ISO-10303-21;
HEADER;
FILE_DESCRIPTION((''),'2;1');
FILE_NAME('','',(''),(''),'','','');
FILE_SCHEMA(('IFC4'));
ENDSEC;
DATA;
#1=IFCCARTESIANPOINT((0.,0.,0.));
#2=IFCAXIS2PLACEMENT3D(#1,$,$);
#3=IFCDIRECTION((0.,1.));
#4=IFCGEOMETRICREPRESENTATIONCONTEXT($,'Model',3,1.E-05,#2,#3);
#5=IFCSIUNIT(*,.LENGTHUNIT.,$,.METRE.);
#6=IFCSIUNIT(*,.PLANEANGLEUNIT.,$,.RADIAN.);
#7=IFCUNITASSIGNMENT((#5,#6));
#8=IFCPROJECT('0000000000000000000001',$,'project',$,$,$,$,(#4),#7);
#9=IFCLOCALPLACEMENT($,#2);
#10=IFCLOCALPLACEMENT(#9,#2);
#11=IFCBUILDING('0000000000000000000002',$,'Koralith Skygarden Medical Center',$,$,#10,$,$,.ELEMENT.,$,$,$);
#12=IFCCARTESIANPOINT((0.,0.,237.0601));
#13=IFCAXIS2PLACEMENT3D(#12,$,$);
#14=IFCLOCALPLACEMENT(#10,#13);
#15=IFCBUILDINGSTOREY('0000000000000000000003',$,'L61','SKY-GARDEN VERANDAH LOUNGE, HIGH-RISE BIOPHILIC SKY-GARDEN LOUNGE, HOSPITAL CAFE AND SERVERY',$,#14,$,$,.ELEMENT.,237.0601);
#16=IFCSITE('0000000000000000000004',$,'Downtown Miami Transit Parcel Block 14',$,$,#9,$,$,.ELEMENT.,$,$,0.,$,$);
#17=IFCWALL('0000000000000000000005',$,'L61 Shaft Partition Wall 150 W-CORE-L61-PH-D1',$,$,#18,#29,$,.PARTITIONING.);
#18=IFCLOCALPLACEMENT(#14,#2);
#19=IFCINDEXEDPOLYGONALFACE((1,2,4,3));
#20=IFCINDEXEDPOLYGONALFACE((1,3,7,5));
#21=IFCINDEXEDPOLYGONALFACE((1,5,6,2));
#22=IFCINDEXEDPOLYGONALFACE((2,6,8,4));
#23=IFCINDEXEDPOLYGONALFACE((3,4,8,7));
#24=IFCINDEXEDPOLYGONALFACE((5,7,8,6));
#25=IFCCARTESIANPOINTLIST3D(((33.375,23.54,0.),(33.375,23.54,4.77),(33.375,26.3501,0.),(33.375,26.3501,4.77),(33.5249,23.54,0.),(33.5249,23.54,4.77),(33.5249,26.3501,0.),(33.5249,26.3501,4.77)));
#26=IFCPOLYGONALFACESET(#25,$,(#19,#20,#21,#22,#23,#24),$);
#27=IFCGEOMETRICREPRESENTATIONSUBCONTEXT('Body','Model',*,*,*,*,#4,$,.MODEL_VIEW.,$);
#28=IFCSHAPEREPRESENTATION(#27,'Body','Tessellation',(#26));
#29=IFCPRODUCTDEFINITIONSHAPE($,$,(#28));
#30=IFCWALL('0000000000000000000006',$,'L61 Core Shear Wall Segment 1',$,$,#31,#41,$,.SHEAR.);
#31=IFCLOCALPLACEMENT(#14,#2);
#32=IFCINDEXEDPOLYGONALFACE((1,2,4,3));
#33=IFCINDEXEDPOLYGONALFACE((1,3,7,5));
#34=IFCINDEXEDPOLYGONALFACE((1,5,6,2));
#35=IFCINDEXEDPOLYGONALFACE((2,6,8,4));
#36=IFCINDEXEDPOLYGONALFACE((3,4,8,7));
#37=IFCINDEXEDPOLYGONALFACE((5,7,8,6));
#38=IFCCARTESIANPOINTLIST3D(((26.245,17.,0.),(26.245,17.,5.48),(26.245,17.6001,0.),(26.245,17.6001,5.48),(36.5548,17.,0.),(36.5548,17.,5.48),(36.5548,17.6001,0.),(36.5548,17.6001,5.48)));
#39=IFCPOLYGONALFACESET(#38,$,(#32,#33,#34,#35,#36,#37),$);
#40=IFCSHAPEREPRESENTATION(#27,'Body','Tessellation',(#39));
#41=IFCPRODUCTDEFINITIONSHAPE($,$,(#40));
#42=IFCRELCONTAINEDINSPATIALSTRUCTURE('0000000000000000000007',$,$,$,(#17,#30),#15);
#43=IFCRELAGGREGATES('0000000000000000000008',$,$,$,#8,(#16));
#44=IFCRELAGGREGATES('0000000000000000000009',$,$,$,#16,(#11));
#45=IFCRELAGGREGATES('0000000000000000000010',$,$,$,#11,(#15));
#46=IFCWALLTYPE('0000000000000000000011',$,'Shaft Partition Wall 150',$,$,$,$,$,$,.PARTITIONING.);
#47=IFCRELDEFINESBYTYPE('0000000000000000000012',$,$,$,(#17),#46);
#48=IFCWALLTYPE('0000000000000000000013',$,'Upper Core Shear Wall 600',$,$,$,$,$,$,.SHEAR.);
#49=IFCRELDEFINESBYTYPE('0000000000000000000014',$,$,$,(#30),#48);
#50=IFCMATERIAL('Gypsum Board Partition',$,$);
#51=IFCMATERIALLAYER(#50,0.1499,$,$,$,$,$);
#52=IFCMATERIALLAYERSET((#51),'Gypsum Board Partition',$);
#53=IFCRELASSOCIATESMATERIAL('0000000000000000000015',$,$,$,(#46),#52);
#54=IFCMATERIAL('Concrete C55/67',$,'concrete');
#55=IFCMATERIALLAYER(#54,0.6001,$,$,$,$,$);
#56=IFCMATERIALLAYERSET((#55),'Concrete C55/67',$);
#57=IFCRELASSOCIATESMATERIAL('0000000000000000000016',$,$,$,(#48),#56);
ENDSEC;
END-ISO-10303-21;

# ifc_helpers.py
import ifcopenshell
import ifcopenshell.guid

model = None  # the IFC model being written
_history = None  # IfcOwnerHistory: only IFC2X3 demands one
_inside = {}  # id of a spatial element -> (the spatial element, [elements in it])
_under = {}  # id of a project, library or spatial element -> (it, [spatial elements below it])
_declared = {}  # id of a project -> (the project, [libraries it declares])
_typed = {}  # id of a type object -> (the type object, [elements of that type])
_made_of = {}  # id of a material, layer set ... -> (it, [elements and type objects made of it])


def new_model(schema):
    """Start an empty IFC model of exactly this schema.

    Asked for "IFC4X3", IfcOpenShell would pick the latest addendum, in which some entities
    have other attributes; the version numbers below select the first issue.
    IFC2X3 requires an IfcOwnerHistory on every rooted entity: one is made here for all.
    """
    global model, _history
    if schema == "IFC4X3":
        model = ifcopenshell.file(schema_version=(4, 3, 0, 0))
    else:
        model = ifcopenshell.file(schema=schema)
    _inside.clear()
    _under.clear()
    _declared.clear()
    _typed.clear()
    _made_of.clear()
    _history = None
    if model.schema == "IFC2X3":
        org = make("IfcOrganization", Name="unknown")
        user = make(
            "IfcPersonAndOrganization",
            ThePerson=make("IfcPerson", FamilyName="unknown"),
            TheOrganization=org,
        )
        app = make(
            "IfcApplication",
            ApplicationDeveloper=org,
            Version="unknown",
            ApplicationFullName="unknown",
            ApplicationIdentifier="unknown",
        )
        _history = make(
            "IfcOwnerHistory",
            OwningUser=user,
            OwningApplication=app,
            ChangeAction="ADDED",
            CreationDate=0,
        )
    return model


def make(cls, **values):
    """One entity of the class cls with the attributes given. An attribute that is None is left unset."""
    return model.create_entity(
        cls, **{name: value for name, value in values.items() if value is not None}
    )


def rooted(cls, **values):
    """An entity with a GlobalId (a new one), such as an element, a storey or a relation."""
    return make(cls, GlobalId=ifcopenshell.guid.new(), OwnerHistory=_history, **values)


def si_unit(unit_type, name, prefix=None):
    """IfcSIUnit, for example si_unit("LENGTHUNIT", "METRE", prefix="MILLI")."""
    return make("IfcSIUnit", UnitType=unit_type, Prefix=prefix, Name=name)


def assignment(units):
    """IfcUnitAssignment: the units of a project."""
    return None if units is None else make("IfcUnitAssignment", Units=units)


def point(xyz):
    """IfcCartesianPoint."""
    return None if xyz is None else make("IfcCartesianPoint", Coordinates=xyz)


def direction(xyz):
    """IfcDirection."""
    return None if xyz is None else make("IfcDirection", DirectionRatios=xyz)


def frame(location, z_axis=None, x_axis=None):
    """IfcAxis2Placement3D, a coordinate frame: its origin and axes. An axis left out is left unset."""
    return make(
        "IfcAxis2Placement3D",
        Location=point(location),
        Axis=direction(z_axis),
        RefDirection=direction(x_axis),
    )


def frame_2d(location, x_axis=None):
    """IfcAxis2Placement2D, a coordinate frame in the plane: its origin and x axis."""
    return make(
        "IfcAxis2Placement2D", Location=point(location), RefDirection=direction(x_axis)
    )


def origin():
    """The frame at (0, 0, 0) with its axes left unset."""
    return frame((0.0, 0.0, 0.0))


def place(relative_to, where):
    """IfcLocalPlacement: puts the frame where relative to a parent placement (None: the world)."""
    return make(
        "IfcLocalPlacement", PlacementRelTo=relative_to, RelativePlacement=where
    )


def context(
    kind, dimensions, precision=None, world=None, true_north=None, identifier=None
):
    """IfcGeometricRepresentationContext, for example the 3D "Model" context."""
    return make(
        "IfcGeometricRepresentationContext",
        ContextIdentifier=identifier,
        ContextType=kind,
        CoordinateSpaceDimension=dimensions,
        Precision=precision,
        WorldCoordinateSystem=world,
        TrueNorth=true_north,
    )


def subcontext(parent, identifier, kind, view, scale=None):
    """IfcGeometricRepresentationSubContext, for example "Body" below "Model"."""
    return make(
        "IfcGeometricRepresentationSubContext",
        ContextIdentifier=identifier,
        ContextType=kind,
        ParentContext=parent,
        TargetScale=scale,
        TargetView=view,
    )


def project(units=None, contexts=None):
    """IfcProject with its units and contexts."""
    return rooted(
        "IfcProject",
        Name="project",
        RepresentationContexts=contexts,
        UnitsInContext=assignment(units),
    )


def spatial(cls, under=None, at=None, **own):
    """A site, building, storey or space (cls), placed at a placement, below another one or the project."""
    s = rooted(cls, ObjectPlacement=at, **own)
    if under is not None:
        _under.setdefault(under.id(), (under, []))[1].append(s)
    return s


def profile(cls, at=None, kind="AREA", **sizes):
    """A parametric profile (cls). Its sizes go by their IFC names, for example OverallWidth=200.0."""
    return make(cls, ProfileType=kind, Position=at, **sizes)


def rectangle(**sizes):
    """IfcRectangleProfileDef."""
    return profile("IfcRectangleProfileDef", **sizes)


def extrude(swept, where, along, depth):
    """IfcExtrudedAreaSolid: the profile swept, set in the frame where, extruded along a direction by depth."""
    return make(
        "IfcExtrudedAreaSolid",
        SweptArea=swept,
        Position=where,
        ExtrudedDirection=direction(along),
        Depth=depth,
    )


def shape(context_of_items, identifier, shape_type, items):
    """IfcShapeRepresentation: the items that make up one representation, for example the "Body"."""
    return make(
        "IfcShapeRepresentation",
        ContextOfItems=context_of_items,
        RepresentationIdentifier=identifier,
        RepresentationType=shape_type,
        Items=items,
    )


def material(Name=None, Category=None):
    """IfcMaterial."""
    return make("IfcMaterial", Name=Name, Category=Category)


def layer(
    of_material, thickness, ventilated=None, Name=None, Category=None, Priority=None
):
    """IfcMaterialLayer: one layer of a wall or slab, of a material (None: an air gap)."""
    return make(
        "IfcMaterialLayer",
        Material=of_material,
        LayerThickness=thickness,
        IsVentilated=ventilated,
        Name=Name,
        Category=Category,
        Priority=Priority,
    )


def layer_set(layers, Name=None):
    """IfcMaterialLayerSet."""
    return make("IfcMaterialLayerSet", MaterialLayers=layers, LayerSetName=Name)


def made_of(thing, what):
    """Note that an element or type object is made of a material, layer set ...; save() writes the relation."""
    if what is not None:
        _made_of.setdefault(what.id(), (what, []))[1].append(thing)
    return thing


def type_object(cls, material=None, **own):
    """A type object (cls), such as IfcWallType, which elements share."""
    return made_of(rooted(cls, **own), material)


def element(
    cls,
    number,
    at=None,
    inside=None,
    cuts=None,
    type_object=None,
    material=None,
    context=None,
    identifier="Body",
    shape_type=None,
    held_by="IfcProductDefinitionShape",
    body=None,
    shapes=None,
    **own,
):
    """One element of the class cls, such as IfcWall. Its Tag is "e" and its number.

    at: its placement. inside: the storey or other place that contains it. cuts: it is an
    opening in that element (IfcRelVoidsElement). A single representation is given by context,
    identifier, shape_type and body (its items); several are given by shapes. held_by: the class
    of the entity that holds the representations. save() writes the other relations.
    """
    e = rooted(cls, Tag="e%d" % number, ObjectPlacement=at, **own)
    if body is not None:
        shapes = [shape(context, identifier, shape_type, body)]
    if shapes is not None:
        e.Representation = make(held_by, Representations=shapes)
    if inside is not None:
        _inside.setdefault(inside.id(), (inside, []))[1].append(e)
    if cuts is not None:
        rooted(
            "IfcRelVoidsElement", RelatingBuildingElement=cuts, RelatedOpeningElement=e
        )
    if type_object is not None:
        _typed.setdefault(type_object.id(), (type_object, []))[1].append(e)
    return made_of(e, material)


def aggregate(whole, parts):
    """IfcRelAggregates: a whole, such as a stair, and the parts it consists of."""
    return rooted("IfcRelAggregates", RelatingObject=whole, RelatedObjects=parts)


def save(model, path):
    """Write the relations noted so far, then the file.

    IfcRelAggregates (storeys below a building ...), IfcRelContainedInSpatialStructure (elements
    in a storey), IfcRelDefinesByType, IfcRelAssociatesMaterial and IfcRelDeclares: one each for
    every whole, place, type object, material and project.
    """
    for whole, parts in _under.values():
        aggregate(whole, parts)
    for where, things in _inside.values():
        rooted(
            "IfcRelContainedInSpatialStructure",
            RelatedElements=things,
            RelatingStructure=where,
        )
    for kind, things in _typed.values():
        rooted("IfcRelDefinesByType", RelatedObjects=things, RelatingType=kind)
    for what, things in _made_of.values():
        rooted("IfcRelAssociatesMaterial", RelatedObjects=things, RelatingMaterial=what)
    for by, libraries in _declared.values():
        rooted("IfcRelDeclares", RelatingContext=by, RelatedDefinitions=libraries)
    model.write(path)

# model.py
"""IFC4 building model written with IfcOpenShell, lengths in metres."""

from ifc_helpers import new_model, si_unit, direction, frame, frame_2d, origin, place, context, subcontext, project, spatial, rectangle, extrude, material, layer, layer_set, type_object, element, save


model = new_model("IFC4")

# Units and contexts
model_context = context("Model", 3, precision=1e-05, world=origin(), true_north=direction((0.0, 1.0)))
body_context = subcontext(model_context, "Body", "Model", "MODEL_VIEW")
ifc_project = project(units=[si_unit("LENGTHUNIT", "METRE"), si_unit("PLANEANGLEUNIT", "RADIAN")], contexts=[model_context])

# Site, building, storey
site_placement = place(None, origin())
site = spatial("IfcSite", under=ifc_project, at=site_placement, Name="Downtown Miami Transit Parcel Block 14", CompositionType="ELEMENT", RefElevation=0.0)
building_placement = place(site_placement, origin())
building = spatial("IfcBuilding", under=site, at=building_placement, Name="Koralith Skygarden Medical Center", CompositionType="ELEMENT")
storey_placement = place(building_placement, frame((0.0, 0.0, 237.0601)))
storey = spatial("IfcBuildingStorey", under=building, at=storey_placement, Name="L61", Description="SKY-GARDEN VERANDAH LOUNGE, HIGH-RISE BIOPHILIC SKY-GARDEN LOUNGE, HOSPITAL CAFE AND SERVERY", CompositionType="ELEMENT", Elevation=237.0601)

# Shared definitions
ifc_material_1 = material(Name="Gypsum Board Partition")

# Walls
ifc_layer_1 = layer(ifc_material_1, 0.1499)
ifc_layer_set_1 = layer_set([ifc_layer_1], Name="Gypsum Board Partition")
wall_type_1 = type_object("IfcWallType", Name="Shaft Partition Wall 150", PredefinedType="PARTITIONING", material=ifc_layer_set_1)
wall_1_placement = place(storey_placement, frame((33.45, 23.54, 0.0), z_axis=(0.0, 0.0, 1.0), x_axis=(0.0, 1.0, 0.0)))
element("IfcWall", 1, at=wall_1_placement, inside=storey, type_object=wall_type_1, Name="L61 Shaft Partition Wall 150 W-CORE-L61-PH-D1", PredefinedType="PARTITIONING", context=body_context, shape_type="SweptSolid", body=[
    extrude(rectangle(XDim=2.8101, YDim=0.1499, at=frame_2d((1.405, 0.0))), origin(), (0.0, 0.0, 1.0), 4.77),
])
ifc_material_2 = material(Name="Concrete C55/67", Category="concrete")
ifc_layer_2 = layer(ifc_material_2, 0.6001)
ifc_layer_set_2 = layer_set([ifc_layer_2], Name="Concrete C55/67")
wall_type_2 = type_object("IfcWallType", Name="Upper Core Shear Wall 600", PredefinedType="SHEAR", material=ifc_layer_set_2)
wall_2_placement = place(storey_placement, frame((26.2451, 17.3, 0.0), z_axis=(0.0, 0.0, 1.0), x_axis=(1.0, 0.0, 0.0)))
element("IfcWall", 2, at=wall_2_placement, inside=storey, type_object=wall_type_2, Name="L61 Core Shear Wall Segment 1", PredefinedType="SHEAR", context=body_context, shape_type="SweptSolid", body=[
    extrude(rectangle(XDim=10.3098, YDim=0.6001, at=frame_2d((5.1548, 0.0))), origin(), (0.0, 0.0, 1.0), 5.48),
])

save(model, "model.ifc")
